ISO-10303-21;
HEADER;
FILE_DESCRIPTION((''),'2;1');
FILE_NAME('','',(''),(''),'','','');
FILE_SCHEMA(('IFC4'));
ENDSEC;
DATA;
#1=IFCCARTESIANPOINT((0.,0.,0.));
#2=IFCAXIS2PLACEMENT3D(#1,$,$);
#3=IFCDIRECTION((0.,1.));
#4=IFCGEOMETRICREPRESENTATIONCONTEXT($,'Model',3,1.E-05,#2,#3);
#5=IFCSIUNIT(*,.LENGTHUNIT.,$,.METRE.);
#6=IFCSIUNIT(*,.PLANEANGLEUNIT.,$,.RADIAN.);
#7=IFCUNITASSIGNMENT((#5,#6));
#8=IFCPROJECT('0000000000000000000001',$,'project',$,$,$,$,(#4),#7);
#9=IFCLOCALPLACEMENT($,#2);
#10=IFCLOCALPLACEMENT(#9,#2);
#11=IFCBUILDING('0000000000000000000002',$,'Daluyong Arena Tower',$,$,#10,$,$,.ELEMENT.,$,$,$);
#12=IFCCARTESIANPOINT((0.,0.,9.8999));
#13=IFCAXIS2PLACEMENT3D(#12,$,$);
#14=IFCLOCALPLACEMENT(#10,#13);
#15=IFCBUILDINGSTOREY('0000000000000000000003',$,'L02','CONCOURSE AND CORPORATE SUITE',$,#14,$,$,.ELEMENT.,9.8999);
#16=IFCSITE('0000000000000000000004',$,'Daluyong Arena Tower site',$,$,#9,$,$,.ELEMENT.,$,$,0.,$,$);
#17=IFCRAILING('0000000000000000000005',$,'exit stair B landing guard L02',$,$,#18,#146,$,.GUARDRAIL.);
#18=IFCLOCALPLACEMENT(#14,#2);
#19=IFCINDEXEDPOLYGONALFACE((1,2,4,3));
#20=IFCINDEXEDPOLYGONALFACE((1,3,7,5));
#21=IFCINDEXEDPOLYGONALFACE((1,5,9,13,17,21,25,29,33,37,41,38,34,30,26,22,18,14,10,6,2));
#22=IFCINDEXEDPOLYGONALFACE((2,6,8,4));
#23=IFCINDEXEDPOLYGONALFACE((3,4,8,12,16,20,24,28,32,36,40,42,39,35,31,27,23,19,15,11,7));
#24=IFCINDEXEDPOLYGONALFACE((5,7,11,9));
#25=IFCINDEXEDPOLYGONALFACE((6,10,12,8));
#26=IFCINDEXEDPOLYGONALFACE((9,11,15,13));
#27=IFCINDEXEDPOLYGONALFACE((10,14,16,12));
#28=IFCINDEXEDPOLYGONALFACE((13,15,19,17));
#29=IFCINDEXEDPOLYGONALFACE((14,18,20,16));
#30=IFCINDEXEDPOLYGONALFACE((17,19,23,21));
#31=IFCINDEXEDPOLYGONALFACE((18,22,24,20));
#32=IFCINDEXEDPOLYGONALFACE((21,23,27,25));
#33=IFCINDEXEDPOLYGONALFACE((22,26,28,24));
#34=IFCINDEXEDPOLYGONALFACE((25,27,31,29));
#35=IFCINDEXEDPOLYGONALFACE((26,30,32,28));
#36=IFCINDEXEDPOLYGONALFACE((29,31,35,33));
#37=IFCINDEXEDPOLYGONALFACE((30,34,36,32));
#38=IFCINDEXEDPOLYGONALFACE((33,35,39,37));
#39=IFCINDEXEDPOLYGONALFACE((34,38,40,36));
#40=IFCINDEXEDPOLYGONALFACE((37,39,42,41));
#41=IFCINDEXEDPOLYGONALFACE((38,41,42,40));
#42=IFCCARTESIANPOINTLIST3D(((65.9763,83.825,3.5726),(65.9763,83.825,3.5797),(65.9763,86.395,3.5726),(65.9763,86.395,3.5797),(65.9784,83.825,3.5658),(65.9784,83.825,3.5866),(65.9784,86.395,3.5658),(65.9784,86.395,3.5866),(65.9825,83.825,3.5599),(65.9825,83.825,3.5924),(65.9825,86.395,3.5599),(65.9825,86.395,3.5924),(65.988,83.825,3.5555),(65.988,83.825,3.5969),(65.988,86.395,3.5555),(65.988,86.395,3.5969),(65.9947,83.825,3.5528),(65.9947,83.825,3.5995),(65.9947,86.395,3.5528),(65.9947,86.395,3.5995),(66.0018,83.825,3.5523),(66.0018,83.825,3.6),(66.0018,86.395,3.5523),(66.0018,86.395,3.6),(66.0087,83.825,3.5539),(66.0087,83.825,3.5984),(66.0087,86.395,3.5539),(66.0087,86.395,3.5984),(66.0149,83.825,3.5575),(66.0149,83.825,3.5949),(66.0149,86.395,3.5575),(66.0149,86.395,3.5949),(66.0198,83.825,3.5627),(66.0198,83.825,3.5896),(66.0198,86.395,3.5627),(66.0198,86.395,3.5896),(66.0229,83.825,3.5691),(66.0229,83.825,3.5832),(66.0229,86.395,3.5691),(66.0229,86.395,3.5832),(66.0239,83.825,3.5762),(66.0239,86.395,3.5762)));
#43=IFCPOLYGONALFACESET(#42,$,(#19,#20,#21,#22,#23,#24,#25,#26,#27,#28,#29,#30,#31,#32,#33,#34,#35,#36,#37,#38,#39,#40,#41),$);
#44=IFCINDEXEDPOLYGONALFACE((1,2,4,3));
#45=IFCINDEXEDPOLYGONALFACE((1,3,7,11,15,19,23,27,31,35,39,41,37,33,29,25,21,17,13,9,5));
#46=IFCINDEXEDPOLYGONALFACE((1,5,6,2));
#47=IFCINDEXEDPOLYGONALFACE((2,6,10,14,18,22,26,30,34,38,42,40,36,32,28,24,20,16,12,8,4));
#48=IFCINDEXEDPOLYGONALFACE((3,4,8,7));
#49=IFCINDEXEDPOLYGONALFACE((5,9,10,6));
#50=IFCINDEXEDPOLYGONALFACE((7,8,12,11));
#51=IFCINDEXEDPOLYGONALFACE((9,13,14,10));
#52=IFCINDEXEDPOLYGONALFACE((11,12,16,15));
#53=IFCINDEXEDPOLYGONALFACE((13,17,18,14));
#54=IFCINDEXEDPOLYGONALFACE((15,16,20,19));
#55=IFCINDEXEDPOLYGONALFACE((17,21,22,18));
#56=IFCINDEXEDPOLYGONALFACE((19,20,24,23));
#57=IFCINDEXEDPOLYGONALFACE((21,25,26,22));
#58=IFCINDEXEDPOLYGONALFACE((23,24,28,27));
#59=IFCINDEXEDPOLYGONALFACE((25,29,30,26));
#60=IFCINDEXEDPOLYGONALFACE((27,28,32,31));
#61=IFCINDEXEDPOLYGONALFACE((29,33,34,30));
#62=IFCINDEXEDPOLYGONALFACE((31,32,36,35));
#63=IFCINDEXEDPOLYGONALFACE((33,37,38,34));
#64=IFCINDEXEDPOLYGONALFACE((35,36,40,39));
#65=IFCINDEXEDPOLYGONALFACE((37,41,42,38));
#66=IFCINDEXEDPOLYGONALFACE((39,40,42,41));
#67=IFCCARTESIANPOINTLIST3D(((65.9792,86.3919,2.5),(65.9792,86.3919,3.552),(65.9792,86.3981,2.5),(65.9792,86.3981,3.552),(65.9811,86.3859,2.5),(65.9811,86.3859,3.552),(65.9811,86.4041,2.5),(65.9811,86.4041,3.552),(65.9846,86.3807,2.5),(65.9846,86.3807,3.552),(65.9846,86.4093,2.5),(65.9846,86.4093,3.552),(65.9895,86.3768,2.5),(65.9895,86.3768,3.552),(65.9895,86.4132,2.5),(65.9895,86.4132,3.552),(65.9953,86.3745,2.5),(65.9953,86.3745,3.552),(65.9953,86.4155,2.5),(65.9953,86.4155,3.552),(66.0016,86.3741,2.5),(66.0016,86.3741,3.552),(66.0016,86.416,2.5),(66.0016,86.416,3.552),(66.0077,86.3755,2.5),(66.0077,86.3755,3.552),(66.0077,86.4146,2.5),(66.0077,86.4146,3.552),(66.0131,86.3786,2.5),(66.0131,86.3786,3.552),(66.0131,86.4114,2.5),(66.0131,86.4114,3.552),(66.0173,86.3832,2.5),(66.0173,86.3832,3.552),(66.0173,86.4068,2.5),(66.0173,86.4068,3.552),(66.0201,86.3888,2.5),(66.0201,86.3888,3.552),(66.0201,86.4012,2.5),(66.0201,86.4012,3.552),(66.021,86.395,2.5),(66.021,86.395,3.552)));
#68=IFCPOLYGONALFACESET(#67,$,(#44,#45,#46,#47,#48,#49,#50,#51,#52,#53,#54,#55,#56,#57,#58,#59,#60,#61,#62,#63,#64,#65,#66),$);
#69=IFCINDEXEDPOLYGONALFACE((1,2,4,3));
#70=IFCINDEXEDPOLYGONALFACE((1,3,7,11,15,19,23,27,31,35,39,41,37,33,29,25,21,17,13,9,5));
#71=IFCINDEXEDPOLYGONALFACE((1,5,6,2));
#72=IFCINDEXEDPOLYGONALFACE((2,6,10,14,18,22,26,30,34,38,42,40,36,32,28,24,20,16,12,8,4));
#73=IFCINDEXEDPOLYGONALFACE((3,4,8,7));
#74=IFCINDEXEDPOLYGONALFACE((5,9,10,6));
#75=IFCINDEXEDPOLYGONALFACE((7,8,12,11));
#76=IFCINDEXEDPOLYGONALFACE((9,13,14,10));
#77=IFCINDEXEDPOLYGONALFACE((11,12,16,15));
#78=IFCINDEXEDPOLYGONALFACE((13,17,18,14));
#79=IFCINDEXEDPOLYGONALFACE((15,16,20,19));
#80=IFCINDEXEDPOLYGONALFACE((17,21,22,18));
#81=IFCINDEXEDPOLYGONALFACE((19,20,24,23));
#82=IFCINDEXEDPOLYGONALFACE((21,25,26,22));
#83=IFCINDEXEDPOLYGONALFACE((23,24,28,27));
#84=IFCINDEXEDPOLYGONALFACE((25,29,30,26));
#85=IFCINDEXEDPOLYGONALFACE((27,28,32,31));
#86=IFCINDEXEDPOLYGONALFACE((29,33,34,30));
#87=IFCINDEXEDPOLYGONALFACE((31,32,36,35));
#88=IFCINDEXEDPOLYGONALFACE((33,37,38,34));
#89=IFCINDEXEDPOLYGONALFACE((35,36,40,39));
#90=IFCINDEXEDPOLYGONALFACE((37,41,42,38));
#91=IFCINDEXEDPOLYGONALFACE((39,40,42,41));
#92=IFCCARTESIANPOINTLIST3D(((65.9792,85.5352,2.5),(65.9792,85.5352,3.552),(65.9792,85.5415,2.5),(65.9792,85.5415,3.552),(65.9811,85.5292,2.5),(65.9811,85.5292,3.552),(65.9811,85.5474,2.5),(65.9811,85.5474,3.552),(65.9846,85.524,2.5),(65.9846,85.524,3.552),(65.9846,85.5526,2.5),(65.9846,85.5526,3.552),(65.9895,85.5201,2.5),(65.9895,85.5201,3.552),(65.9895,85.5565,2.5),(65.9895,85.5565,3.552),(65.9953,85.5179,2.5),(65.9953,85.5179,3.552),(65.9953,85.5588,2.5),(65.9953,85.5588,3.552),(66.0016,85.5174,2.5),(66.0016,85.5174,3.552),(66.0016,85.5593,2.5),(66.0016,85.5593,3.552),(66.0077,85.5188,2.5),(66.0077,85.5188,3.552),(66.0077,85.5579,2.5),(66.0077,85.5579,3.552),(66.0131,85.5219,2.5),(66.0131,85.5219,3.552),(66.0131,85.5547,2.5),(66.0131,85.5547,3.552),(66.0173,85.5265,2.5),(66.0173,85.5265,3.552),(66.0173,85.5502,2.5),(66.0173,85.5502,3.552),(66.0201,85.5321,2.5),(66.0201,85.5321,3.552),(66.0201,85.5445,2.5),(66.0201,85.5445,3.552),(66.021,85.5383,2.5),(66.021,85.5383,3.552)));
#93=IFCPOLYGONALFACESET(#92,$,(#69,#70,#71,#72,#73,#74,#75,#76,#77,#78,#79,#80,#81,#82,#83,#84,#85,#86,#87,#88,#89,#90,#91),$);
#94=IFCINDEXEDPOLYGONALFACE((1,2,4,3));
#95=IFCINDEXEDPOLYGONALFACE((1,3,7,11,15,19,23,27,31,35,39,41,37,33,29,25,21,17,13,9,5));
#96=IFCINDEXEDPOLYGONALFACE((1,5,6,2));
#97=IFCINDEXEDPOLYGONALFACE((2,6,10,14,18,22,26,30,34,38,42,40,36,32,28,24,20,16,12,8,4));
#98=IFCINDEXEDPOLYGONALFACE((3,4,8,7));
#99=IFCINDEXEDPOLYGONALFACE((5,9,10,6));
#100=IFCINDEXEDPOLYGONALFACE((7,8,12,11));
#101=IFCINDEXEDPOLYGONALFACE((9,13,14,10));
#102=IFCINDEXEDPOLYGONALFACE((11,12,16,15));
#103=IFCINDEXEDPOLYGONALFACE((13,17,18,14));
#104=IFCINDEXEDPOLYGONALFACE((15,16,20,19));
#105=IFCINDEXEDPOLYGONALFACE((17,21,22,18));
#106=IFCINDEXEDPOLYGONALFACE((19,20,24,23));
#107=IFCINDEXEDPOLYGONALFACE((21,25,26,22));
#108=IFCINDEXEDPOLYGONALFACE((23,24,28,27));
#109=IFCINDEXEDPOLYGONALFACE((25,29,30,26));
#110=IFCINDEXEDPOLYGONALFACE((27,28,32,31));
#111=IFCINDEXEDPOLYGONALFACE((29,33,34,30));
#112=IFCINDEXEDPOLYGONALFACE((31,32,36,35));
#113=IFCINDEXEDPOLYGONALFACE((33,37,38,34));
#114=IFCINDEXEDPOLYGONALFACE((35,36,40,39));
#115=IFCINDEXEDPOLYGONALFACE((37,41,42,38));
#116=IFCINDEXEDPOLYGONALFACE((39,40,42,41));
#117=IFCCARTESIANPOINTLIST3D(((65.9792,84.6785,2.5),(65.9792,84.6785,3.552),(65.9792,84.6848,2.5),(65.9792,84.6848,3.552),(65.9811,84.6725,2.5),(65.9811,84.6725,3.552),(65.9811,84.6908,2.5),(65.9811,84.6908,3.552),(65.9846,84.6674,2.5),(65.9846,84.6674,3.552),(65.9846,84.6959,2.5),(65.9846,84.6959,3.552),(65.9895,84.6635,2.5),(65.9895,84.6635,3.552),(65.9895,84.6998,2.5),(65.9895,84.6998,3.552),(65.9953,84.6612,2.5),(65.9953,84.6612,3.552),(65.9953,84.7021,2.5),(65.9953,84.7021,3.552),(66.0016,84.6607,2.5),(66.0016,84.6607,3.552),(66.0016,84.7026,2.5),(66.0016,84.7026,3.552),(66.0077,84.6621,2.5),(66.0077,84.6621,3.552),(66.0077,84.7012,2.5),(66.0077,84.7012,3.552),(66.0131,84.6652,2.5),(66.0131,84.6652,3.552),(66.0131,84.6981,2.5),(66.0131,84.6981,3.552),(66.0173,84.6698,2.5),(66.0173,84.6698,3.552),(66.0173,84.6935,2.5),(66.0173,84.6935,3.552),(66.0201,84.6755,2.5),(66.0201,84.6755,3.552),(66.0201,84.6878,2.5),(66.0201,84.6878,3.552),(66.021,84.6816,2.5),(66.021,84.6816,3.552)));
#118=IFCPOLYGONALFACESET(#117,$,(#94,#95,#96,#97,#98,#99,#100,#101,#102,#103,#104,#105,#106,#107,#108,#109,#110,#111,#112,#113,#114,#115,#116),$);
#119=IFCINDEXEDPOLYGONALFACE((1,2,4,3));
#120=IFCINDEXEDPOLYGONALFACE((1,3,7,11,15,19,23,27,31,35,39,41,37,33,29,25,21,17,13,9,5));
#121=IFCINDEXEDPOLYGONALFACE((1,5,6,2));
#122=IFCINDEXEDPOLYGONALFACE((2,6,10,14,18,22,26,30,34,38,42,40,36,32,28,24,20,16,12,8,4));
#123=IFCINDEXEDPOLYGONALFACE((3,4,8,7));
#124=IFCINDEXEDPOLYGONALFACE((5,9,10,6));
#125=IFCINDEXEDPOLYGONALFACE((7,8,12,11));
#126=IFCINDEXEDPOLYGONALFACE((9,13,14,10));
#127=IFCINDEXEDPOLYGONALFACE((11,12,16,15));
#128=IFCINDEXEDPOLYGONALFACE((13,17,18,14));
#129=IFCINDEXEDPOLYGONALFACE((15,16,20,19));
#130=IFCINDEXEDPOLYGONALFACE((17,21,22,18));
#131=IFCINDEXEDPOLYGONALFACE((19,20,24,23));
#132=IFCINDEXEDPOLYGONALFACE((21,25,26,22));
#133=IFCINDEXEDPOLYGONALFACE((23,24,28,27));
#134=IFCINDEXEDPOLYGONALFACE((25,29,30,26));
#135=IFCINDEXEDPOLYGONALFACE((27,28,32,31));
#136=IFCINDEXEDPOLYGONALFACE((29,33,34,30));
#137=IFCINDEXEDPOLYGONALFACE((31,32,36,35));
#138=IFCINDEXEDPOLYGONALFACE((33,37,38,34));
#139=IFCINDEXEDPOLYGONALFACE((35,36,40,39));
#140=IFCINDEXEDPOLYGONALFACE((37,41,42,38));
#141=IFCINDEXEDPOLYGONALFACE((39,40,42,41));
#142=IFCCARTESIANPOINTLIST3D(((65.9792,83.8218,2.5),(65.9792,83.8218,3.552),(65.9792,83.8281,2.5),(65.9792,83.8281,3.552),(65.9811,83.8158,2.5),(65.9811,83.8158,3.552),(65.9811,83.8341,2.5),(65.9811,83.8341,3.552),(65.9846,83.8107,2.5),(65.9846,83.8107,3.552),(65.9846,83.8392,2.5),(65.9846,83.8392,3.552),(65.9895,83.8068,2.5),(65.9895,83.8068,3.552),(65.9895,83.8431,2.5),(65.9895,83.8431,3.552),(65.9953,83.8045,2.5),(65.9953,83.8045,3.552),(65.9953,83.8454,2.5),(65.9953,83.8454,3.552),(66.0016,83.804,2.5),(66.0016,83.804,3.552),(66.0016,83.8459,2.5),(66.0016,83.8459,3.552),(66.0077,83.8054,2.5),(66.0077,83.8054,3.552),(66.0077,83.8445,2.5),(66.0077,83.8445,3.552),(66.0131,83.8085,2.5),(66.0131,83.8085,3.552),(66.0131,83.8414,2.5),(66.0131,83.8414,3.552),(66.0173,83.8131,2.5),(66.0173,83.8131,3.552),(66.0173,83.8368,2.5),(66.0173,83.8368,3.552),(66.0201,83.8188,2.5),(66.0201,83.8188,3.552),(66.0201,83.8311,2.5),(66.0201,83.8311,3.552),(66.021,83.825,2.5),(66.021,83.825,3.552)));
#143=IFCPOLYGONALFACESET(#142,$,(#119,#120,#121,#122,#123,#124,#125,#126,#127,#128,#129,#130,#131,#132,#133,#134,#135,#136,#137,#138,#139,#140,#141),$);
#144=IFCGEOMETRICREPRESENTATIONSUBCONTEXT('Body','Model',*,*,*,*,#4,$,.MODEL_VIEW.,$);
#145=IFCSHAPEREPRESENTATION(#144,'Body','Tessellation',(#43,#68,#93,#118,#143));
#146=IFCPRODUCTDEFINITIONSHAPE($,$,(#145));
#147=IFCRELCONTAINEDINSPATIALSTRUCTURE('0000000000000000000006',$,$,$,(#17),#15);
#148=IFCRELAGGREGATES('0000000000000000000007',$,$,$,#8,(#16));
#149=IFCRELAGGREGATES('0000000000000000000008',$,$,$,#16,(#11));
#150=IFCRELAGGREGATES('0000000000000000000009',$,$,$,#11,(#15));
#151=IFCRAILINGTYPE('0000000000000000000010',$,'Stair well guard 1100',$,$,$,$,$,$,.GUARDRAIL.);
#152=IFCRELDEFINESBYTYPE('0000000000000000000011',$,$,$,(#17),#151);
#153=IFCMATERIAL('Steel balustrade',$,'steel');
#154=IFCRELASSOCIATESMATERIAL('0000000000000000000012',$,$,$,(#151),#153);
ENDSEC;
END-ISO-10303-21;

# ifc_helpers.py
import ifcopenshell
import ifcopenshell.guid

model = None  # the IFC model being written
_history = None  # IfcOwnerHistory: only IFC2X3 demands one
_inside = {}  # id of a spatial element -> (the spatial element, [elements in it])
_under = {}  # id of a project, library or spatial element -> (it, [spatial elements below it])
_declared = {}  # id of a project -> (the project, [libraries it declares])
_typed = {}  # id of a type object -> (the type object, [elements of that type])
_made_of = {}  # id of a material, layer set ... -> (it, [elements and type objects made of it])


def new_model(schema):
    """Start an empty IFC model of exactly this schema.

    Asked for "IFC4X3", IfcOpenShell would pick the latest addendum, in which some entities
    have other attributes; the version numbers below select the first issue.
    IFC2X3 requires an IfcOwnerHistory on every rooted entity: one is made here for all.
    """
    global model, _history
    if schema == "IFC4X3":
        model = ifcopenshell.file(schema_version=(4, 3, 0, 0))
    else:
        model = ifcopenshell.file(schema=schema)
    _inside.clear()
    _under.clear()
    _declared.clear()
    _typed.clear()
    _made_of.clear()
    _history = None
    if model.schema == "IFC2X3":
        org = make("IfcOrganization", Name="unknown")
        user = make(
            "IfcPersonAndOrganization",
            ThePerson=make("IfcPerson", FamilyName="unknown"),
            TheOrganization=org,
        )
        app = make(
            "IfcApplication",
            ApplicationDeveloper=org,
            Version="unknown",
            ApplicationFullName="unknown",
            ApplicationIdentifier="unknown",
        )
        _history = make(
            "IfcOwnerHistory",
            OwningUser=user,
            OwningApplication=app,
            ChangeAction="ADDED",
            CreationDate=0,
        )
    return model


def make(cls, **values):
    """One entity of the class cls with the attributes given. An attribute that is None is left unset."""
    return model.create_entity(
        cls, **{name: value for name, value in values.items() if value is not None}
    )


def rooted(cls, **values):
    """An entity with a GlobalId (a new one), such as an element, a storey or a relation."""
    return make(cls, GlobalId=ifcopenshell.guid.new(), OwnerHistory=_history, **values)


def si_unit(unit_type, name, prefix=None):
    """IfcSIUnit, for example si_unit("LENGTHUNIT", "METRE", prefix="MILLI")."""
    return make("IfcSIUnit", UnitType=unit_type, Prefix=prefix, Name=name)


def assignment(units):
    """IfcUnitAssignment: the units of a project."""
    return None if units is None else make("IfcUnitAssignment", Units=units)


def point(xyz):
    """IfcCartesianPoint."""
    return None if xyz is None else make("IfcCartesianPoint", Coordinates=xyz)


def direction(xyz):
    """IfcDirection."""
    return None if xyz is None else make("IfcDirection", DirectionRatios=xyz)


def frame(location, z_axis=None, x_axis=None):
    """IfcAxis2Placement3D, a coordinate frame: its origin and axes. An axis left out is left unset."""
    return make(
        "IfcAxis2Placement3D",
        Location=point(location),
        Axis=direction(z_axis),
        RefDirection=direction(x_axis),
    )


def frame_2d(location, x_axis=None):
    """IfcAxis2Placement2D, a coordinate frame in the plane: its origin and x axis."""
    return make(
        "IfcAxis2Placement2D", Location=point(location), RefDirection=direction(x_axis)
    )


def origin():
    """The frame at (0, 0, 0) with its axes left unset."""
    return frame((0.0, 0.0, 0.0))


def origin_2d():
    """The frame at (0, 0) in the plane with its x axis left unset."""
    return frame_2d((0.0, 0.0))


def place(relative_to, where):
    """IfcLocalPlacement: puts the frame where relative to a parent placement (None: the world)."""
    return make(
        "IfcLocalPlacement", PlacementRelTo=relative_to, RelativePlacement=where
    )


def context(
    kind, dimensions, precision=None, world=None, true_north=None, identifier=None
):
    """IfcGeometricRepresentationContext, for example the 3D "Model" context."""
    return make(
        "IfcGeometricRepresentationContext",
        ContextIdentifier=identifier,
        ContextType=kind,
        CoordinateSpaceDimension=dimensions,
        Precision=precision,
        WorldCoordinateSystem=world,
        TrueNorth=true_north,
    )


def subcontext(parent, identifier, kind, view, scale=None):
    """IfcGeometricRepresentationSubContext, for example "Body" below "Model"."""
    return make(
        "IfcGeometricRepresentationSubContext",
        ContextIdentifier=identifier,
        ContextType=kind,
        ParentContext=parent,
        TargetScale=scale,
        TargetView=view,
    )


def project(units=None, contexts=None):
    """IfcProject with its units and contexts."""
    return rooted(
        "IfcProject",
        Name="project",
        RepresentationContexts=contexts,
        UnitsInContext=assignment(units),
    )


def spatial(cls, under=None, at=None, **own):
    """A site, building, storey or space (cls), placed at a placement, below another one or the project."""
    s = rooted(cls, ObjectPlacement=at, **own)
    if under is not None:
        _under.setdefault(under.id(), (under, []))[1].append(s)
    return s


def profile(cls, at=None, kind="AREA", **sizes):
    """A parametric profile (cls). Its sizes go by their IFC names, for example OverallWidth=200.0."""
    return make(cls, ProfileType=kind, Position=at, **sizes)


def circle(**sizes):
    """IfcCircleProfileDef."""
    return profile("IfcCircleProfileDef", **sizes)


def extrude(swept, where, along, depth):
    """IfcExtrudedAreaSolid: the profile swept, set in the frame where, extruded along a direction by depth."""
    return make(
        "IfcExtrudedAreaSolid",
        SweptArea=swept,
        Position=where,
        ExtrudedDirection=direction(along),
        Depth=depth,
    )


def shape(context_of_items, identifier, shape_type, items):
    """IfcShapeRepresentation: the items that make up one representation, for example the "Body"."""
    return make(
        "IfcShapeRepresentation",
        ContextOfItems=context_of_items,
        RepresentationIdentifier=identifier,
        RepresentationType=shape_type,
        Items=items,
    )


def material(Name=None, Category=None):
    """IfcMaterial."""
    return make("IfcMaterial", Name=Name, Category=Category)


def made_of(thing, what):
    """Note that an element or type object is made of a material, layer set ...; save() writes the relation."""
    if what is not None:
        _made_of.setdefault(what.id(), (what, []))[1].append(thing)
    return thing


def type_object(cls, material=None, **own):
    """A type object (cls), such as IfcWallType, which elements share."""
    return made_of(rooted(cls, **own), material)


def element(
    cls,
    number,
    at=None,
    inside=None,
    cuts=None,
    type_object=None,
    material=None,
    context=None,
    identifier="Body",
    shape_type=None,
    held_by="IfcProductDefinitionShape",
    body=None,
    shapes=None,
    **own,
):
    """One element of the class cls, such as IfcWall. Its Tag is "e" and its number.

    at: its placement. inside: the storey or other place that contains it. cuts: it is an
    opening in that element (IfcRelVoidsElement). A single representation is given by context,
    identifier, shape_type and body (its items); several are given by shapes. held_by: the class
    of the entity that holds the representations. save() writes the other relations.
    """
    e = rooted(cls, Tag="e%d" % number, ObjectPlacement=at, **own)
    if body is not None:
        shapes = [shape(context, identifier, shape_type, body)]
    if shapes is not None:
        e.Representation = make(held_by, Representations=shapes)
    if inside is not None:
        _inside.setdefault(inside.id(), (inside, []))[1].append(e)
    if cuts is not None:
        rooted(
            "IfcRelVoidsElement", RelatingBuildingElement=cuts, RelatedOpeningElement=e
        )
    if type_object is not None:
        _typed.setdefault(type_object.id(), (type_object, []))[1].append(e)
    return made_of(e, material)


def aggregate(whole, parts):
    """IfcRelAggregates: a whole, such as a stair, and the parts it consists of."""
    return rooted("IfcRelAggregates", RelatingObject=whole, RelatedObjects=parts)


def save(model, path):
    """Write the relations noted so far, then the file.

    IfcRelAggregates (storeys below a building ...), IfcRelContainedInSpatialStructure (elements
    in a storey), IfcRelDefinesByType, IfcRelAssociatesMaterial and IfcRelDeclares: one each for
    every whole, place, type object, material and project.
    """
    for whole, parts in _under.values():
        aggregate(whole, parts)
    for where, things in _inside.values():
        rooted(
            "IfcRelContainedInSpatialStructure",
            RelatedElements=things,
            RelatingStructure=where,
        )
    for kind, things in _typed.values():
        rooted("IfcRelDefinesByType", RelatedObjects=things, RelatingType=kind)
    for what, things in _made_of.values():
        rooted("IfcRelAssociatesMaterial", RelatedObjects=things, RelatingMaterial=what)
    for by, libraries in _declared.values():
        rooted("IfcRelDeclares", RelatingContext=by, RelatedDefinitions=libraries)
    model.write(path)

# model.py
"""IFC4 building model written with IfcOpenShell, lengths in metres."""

from ifc_helpers import new_model, si_unit, direction, frame, origin, origin_2d, place, context, subcontext, project, spatial, circle, extrude, material, type_object, element, save


model = new_model("IFC4")

# Units and contexts
model_context = context("Model", 3, precision=1e-05, world=origin(), true_north=direction((0.0, 1.0)))
body_context = subcontext(model_context, "Body", "Model", "MODEL_VIEW")
ifc_project = project(units=[si_unit("LENGTHUNIT", "METRE"), si_unit("PLANEANGLEUNIT", "RADIAN")], contexts=[model_context])

# Site, building, storey
site_placement = place(None, origin())
site = spatial("IfcSite", under=ifc_project, at=site_placement, Name="Daluyong Arena Tower site", CompositionType="ELEMENT", RefElevation=0.0)
building_placement = place(site_placement, origin())
building = spatial("IfcBuilding", under=site, at=building_placement, Name="Daluyong Arena Tower", CompositionType="ELEMENT")
storey_placement = place(building_placement, frame((0.0, 0.0, 9.8999)))
storey = spatial("IfcBuildingStorey", under=building, at=storey_placement, Name="L02", Description="CONCOURSE AND CORPORATE SUITE", CompositionType="ELEMENT", Elevation=9.8999)

# Railing
ifc_material_1 = material(Name="Steel balustrade", Category="steel")
railing_type_1 = type_object("IfcRailingType", Name="Stair well guard 1100", PredefinedType="GUARDRAIL", material=ifc_material_1)
railing_placement = place(storey_placement, frame((66.0, 86.395, 2.5)))
element("IfcRailing", 1, at=railing_placement, inside=storey, type_object=railing_type_1, Name="exit stair B landing guard L02", PredefinedType="GUARDRAIL", context=body_context, shape_type="SweptSolid", body=[
    extrude(circle(Radius=0.0239, at=origin_2d()), frame((0.0, 0.0, 1.0762), z_axis=(0.0, -1.0, 0.0), x_axis=(1.0, 0.0, 0.0)), (0.0, 0.0, 1.0), 2.5701),
    extrude(circle(Radius=0.021, at=origin_2d()), origin(), (0.0, 0.0, 1.0), 1.052),
    extrude(circle(Radius=0.021, at=origin_2d()), frame((0.0, -0.8567, 0.0)), (0.0, 0.0, 1.0), 1.052),
    extrude(circle(Radius=0.021, at=origin_2d()), frame((0.0, -1.7134, 0.0)), (0.0, 0.0, 1.0), 1.052),
    extrude(circle(Radius=0.021, at=origin_2d()), frame((0.0, -2.5701, 0.0)), (0.0, 0.0, 1.0), 1.052),
])

save(model, "model.ifc")
